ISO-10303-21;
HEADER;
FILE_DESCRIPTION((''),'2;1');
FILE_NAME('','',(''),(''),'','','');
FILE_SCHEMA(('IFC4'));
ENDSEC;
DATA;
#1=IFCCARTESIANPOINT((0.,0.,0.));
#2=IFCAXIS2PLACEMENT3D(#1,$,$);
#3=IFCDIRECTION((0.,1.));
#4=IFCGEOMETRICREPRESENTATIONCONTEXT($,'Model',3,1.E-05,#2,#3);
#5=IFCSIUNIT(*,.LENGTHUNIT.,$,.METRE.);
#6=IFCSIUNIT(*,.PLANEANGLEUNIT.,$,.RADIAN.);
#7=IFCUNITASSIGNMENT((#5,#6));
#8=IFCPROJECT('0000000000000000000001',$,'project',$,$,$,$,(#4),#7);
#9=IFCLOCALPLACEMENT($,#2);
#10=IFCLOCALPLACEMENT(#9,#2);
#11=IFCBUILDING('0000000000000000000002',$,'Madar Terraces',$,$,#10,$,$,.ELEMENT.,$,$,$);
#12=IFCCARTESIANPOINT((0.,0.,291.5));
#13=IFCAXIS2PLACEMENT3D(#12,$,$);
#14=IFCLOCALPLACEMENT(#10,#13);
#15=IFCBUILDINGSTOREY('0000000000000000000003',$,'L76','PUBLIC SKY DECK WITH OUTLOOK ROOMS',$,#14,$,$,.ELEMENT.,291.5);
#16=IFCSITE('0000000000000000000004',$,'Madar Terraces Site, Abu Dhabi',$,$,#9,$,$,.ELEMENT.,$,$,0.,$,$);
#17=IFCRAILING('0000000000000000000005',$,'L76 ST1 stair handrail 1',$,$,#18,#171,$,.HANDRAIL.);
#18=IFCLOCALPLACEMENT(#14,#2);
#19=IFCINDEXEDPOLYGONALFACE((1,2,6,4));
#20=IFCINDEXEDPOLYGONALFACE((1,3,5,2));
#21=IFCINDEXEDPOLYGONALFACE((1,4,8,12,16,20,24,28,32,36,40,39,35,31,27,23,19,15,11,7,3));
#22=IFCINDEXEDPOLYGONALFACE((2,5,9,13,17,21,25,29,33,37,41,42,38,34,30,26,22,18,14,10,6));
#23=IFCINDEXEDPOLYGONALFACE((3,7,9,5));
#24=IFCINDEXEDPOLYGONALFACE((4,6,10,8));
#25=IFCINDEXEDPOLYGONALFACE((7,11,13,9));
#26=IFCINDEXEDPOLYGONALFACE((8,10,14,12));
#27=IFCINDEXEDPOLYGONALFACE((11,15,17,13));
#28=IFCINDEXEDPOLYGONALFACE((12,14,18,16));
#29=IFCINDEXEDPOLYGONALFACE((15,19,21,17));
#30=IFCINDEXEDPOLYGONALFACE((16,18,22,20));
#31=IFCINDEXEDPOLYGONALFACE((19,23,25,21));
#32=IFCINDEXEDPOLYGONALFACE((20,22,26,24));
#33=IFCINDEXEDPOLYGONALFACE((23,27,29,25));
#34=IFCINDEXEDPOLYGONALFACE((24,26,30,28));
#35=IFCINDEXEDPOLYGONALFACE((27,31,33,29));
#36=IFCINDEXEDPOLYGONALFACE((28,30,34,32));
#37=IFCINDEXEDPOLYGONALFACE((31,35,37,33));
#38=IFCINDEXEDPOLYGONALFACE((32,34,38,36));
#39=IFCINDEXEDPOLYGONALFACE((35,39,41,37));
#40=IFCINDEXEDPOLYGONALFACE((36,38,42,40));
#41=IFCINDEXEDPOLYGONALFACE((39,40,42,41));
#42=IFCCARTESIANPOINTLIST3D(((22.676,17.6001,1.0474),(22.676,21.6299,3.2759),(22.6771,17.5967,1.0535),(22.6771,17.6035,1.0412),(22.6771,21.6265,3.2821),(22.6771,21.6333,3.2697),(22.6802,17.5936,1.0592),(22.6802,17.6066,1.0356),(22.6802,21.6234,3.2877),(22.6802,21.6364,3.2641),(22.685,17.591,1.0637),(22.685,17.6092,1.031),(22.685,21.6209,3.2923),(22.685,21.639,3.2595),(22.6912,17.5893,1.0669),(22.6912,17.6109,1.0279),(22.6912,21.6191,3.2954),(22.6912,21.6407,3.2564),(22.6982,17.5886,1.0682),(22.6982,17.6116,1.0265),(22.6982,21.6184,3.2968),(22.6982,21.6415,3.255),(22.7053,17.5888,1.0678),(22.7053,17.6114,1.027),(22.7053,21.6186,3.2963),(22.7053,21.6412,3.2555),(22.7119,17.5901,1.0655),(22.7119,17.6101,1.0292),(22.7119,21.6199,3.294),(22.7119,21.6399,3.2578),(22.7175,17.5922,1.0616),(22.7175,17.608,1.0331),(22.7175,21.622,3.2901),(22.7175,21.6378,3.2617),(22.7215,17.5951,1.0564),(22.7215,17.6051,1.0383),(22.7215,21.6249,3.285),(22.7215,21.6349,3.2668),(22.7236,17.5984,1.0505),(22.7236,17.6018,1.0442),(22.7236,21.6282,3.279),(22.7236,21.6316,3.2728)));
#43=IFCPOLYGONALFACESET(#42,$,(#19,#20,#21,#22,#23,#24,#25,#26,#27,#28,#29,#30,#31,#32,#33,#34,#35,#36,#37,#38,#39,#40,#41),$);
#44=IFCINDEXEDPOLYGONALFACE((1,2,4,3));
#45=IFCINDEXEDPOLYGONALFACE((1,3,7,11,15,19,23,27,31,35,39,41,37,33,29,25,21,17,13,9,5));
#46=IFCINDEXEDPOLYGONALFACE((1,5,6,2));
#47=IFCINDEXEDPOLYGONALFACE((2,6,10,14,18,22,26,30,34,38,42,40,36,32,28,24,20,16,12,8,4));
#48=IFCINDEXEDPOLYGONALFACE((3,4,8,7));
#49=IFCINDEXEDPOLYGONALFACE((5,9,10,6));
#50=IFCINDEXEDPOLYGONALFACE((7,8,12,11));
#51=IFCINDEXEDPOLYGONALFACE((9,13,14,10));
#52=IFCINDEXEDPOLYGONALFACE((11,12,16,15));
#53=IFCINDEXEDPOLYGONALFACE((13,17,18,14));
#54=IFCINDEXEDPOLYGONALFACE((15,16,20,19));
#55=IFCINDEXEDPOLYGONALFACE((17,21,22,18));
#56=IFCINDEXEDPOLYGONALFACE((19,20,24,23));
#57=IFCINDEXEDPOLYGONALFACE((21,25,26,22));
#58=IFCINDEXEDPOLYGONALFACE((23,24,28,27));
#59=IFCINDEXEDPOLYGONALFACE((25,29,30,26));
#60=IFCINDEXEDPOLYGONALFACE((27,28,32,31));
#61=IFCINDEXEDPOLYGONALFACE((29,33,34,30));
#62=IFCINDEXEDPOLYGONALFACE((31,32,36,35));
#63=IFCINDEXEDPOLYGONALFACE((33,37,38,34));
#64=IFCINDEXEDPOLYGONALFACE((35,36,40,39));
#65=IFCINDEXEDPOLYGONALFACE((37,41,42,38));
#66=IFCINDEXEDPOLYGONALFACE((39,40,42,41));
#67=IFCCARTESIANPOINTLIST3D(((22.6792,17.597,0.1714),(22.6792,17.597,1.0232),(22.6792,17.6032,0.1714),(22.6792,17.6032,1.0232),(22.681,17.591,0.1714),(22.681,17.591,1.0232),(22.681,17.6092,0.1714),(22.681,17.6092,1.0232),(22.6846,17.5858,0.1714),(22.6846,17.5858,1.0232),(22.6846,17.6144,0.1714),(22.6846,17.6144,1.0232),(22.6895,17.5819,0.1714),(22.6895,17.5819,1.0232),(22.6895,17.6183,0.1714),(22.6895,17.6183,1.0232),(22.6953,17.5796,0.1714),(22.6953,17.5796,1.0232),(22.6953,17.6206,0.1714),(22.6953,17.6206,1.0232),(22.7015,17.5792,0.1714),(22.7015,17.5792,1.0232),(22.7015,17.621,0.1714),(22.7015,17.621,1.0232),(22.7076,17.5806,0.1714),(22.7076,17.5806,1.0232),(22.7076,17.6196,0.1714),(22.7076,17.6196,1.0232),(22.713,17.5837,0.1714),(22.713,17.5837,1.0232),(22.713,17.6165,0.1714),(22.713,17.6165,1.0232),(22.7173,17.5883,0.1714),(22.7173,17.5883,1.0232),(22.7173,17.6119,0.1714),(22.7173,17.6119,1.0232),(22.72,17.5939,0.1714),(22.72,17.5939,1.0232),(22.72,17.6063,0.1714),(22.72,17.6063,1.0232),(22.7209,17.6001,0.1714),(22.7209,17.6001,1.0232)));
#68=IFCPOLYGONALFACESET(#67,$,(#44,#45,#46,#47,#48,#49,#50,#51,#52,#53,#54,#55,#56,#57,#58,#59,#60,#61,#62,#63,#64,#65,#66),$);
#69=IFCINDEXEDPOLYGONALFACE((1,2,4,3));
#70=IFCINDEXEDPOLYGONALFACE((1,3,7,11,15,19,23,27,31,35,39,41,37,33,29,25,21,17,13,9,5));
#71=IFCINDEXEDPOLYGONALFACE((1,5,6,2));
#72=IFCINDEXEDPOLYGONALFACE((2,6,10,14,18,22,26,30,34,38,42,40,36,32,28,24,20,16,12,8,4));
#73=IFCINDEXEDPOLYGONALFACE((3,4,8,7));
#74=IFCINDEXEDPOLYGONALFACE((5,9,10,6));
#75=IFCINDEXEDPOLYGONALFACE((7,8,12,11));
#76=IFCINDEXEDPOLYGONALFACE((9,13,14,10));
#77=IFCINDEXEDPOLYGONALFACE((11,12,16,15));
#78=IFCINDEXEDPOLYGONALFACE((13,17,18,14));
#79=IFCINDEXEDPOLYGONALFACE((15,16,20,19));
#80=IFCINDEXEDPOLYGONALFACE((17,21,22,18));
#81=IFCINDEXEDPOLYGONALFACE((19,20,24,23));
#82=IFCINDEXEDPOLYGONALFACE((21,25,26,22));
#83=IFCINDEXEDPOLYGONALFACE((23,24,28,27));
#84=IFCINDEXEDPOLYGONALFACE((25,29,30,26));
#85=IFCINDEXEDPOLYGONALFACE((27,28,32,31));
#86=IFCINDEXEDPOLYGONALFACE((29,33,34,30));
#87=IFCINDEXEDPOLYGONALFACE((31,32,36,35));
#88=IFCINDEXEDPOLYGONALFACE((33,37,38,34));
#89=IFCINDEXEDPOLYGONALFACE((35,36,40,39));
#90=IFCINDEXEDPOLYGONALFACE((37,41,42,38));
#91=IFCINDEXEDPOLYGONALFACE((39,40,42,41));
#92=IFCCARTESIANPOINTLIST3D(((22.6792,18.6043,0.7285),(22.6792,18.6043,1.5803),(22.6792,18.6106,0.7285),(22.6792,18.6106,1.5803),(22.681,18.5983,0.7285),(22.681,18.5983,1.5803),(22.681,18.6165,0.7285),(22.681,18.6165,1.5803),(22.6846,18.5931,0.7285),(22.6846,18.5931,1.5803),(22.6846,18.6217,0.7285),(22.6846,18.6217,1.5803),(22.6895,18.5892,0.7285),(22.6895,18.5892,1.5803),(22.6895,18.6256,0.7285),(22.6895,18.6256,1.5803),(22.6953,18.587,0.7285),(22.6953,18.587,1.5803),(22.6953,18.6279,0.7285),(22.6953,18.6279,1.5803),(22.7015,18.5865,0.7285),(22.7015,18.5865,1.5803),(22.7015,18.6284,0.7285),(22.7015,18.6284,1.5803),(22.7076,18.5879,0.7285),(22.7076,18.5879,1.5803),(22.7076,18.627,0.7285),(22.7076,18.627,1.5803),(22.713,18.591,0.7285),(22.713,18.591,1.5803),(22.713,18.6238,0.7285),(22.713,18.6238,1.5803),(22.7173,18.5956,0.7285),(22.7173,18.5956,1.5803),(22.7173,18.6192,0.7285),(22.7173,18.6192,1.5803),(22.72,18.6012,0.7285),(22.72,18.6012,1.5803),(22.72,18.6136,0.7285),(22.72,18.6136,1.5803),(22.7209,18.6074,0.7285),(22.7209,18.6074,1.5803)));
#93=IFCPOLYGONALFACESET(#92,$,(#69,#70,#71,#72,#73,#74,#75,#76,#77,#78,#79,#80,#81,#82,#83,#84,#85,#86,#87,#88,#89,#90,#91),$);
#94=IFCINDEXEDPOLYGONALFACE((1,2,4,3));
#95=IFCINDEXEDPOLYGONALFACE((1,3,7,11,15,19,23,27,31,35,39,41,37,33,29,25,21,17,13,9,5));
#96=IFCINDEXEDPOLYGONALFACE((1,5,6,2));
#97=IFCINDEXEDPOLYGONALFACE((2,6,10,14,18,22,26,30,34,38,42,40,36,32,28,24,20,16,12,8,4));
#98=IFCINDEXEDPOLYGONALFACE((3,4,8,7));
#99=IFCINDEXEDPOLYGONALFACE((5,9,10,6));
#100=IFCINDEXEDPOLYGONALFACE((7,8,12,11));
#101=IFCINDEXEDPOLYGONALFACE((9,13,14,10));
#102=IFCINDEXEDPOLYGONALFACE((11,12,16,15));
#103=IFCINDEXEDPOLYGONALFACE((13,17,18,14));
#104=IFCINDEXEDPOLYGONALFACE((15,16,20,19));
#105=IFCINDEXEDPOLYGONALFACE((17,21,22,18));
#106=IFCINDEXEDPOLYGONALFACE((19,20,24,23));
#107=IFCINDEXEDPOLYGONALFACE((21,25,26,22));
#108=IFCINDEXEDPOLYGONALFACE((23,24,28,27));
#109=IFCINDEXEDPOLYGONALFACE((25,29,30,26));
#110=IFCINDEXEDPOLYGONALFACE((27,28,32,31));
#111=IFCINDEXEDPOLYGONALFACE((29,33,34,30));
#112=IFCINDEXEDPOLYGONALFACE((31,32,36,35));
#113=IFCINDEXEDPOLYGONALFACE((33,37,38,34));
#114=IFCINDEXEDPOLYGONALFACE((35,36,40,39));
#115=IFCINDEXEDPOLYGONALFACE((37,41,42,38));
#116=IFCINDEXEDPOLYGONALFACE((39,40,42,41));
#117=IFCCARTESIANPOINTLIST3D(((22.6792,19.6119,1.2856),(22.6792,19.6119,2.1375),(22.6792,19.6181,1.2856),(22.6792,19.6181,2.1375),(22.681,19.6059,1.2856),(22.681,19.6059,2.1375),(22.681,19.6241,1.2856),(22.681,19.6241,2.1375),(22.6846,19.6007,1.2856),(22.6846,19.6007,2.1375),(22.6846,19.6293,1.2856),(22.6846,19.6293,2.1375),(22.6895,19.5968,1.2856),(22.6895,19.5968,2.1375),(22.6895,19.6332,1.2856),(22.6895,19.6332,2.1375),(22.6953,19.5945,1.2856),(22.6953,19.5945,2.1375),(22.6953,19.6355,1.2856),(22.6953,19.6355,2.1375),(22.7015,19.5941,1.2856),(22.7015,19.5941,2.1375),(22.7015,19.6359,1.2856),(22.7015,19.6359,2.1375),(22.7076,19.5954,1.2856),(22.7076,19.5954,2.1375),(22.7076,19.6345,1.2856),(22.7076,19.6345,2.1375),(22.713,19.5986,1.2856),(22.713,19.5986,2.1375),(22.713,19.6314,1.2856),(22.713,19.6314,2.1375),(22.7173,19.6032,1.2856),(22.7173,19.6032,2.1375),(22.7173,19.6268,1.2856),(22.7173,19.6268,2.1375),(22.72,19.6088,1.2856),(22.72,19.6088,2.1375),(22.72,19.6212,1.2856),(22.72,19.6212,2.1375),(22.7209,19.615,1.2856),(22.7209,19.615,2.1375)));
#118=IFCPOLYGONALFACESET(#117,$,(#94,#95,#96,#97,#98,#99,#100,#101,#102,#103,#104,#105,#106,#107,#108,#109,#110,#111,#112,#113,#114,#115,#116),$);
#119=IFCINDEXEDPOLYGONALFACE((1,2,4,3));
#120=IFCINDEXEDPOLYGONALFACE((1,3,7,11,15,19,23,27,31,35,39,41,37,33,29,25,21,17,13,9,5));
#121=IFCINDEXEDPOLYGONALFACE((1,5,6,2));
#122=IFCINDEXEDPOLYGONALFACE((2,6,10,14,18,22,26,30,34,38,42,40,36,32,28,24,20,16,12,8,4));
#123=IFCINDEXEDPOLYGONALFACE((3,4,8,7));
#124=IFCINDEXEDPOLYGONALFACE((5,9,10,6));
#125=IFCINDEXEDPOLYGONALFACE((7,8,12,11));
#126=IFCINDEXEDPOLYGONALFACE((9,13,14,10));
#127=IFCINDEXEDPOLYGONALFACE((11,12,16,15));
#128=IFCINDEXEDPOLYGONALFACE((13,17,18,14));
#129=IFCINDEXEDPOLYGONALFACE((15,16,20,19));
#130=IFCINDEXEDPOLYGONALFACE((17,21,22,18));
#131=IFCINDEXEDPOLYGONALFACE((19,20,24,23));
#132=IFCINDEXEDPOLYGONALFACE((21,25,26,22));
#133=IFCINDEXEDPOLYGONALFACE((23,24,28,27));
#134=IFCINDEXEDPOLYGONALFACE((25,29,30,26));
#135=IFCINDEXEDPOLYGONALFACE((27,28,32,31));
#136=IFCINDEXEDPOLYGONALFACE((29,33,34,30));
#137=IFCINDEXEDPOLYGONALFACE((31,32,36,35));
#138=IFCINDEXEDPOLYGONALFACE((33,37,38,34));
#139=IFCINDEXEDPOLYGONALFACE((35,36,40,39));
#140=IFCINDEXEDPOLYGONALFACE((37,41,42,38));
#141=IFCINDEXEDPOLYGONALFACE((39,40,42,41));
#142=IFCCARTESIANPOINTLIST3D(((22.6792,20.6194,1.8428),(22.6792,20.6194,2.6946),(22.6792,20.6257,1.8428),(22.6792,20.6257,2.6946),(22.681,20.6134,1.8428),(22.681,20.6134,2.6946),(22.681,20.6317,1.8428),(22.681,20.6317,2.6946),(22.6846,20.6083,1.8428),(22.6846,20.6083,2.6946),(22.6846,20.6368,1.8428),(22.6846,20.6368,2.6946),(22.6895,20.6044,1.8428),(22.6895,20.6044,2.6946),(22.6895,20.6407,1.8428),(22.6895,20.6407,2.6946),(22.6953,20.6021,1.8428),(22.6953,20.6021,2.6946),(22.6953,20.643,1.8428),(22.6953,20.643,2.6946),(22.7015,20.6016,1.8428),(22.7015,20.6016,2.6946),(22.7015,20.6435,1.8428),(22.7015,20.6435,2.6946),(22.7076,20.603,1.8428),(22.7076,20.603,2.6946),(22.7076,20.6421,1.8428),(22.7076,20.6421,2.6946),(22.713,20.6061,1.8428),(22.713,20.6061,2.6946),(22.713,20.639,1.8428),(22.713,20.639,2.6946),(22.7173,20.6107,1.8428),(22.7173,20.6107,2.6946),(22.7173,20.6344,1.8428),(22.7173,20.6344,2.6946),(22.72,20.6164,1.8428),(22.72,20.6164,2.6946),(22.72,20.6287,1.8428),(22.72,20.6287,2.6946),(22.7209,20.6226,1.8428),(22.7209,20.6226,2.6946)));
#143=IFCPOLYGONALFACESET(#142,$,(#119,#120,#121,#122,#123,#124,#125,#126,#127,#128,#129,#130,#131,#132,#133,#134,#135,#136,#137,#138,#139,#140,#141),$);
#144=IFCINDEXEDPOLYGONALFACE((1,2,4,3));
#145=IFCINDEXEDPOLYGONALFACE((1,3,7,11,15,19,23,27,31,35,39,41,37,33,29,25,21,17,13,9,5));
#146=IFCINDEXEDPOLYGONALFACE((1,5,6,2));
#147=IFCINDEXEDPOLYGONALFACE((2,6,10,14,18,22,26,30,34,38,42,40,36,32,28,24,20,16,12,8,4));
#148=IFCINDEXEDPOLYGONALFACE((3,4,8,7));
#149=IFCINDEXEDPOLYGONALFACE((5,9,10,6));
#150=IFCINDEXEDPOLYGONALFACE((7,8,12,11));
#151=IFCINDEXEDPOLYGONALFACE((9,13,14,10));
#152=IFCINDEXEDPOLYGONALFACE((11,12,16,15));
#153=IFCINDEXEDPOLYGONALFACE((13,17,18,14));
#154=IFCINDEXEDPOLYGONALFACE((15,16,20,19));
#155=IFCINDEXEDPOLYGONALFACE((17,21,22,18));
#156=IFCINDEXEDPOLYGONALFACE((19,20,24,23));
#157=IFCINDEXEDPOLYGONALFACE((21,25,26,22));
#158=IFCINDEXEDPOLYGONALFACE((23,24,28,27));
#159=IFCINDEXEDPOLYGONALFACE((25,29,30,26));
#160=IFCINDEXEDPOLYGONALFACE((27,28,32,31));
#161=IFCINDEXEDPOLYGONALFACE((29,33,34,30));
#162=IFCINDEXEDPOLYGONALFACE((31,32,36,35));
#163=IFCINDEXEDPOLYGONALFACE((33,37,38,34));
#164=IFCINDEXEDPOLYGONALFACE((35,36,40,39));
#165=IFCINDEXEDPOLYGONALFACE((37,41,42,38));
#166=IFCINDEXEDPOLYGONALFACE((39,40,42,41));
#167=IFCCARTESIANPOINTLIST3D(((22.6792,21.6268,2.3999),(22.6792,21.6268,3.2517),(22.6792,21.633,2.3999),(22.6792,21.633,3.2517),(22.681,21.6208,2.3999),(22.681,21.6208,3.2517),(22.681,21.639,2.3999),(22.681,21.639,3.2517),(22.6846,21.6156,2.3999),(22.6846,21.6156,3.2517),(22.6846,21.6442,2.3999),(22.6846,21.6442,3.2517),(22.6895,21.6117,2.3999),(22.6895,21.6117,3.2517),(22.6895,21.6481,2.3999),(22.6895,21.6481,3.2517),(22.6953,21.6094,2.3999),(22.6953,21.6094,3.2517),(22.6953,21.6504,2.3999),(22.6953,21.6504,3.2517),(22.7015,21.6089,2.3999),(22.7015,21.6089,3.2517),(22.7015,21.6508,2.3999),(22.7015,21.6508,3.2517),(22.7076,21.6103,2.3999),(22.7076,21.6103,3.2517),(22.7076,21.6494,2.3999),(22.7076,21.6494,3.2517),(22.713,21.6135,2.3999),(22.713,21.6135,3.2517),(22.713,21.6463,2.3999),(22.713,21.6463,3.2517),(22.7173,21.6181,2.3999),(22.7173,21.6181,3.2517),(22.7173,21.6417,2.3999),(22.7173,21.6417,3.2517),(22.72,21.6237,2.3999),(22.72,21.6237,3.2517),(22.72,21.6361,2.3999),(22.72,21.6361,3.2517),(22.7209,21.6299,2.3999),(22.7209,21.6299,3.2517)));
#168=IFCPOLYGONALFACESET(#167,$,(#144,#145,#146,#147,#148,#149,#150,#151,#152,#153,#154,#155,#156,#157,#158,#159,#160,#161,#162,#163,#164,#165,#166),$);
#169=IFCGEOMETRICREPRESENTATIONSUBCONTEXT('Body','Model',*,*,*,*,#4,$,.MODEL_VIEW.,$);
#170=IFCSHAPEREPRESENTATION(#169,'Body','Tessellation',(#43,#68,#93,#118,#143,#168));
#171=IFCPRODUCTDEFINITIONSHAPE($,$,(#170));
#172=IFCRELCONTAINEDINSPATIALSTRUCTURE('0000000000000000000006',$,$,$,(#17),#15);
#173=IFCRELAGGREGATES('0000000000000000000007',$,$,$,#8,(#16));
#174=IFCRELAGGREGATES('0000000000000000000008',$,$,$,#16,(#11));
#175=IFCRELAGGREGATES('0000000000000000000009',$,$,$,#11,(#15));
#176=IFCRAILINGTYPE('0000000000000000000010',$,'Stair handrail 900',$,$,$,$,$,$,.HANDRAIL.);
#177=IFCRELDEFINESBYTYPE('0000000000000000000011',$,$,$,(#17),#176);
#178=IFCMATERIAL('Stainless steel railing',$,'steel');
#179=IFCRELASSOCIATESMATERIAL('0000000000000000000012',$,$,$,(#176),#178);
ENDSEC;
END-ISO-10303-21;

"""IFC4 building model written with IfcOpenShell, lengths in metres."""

from ifc_helpers import new_model, si_unit, direction, frame, origin, origin_2d, place, context, subcontext, project, spatial, circle, extrude, material, type_object, element, save


model = new_model("IFC4")

# Units and contexts
model_context = context("Model", 3, precision=1e-05, world=origin(), true_north=direction((0.0, 1.0)))
body_context = subcontext(model_context, "Body", "Model", "MODEL_VIEW")
ifc_project = project(units=[si_unit("LENGTHUNIT", "METRE"), si_unit("PLANEANGLEUNIT", "RADIAN")], contexts=[model_context])

# Site, building, storey
site_placement = place(None, origin())
site = spatial("IfcSite", under=ifc_project, at=site_placement, Name="Madar Terraces Site, Abu Dhabi", CompositionType="ELEMENT", RefElevation=0.0)
building_placement = place(site_placement, origin())
building = spatial("IfcBuilding", under=site, at=building_placement, Name="Madar Terraces", CompositionType="ELEMENT")
storey_placement = place(building_placement, frame((0.0, 0.0, 291.5)))
storey = spatial("IfcBuildingStorey", under=building, at=storey_placement, Name="L76", Description="PUBLIC SKY DECK WITH OUTLOOK ROOMS", CompositionType="ELEMENT", Elevation=291.5)

# Railing
ifc_material_1 = material(Name="Stainless steel railing", Category="steel")
railing_type_1 = type_object("IfcRailingType", Name="Stair handrail 900", PredefinedType="HANDRAIL", material=ifc_material_1)
railing_1_placement = place(storey_placement, frame((22.7, 17.6001, 0.1714)))
element("IfcRailing", 1, at=railing_1_placement, inside=storey, type_object=railing_type_1, Name="L76 ST1 stair handrail 1", PredefinedType="HANDRAIL", context=body_context, shape_type="SweptSolid", body=[
    extrude(circle(Radius=0.0239, at=origin_2d()), frame((0.0, 0.0, 0.876), z_axis=(0.0, 0.875101, 0.48394), x_axis=(-1.0, 0.0, 0.0)), (0.0, 0.0, 1.0), 4.605),
    extrude(circle(Radius=0.021, at=origin_2d()), origin(), (0.0, 0.0, 1.0), 0.8518),
    extrude(circle(Radius=0.021, at=origin_2d()), frame((0.0, 1.0073, 0.5571)), (0.0, 0.0, 1.0), 0.8518),
    extrude(circle(Radius=0.021, at=origin_2d()), frame((0.0, 2.0149, 1.1143)), (0.0, 0.0, 1.0), 0.8518),
    extrude(circle(Radius=0.021, at=origin_2d()), frame((0.0, 3.0225, 1.6714)), (0.0, 0.0, 1.0), 0.8518),
    extrude(circle(Radius=0.021, at=origin_2d()), frame((0.0, 4.0298, 2.2285)), (0.0, 0.0, 1.0), 0.8518),
])

save(model, "model.ifc")
